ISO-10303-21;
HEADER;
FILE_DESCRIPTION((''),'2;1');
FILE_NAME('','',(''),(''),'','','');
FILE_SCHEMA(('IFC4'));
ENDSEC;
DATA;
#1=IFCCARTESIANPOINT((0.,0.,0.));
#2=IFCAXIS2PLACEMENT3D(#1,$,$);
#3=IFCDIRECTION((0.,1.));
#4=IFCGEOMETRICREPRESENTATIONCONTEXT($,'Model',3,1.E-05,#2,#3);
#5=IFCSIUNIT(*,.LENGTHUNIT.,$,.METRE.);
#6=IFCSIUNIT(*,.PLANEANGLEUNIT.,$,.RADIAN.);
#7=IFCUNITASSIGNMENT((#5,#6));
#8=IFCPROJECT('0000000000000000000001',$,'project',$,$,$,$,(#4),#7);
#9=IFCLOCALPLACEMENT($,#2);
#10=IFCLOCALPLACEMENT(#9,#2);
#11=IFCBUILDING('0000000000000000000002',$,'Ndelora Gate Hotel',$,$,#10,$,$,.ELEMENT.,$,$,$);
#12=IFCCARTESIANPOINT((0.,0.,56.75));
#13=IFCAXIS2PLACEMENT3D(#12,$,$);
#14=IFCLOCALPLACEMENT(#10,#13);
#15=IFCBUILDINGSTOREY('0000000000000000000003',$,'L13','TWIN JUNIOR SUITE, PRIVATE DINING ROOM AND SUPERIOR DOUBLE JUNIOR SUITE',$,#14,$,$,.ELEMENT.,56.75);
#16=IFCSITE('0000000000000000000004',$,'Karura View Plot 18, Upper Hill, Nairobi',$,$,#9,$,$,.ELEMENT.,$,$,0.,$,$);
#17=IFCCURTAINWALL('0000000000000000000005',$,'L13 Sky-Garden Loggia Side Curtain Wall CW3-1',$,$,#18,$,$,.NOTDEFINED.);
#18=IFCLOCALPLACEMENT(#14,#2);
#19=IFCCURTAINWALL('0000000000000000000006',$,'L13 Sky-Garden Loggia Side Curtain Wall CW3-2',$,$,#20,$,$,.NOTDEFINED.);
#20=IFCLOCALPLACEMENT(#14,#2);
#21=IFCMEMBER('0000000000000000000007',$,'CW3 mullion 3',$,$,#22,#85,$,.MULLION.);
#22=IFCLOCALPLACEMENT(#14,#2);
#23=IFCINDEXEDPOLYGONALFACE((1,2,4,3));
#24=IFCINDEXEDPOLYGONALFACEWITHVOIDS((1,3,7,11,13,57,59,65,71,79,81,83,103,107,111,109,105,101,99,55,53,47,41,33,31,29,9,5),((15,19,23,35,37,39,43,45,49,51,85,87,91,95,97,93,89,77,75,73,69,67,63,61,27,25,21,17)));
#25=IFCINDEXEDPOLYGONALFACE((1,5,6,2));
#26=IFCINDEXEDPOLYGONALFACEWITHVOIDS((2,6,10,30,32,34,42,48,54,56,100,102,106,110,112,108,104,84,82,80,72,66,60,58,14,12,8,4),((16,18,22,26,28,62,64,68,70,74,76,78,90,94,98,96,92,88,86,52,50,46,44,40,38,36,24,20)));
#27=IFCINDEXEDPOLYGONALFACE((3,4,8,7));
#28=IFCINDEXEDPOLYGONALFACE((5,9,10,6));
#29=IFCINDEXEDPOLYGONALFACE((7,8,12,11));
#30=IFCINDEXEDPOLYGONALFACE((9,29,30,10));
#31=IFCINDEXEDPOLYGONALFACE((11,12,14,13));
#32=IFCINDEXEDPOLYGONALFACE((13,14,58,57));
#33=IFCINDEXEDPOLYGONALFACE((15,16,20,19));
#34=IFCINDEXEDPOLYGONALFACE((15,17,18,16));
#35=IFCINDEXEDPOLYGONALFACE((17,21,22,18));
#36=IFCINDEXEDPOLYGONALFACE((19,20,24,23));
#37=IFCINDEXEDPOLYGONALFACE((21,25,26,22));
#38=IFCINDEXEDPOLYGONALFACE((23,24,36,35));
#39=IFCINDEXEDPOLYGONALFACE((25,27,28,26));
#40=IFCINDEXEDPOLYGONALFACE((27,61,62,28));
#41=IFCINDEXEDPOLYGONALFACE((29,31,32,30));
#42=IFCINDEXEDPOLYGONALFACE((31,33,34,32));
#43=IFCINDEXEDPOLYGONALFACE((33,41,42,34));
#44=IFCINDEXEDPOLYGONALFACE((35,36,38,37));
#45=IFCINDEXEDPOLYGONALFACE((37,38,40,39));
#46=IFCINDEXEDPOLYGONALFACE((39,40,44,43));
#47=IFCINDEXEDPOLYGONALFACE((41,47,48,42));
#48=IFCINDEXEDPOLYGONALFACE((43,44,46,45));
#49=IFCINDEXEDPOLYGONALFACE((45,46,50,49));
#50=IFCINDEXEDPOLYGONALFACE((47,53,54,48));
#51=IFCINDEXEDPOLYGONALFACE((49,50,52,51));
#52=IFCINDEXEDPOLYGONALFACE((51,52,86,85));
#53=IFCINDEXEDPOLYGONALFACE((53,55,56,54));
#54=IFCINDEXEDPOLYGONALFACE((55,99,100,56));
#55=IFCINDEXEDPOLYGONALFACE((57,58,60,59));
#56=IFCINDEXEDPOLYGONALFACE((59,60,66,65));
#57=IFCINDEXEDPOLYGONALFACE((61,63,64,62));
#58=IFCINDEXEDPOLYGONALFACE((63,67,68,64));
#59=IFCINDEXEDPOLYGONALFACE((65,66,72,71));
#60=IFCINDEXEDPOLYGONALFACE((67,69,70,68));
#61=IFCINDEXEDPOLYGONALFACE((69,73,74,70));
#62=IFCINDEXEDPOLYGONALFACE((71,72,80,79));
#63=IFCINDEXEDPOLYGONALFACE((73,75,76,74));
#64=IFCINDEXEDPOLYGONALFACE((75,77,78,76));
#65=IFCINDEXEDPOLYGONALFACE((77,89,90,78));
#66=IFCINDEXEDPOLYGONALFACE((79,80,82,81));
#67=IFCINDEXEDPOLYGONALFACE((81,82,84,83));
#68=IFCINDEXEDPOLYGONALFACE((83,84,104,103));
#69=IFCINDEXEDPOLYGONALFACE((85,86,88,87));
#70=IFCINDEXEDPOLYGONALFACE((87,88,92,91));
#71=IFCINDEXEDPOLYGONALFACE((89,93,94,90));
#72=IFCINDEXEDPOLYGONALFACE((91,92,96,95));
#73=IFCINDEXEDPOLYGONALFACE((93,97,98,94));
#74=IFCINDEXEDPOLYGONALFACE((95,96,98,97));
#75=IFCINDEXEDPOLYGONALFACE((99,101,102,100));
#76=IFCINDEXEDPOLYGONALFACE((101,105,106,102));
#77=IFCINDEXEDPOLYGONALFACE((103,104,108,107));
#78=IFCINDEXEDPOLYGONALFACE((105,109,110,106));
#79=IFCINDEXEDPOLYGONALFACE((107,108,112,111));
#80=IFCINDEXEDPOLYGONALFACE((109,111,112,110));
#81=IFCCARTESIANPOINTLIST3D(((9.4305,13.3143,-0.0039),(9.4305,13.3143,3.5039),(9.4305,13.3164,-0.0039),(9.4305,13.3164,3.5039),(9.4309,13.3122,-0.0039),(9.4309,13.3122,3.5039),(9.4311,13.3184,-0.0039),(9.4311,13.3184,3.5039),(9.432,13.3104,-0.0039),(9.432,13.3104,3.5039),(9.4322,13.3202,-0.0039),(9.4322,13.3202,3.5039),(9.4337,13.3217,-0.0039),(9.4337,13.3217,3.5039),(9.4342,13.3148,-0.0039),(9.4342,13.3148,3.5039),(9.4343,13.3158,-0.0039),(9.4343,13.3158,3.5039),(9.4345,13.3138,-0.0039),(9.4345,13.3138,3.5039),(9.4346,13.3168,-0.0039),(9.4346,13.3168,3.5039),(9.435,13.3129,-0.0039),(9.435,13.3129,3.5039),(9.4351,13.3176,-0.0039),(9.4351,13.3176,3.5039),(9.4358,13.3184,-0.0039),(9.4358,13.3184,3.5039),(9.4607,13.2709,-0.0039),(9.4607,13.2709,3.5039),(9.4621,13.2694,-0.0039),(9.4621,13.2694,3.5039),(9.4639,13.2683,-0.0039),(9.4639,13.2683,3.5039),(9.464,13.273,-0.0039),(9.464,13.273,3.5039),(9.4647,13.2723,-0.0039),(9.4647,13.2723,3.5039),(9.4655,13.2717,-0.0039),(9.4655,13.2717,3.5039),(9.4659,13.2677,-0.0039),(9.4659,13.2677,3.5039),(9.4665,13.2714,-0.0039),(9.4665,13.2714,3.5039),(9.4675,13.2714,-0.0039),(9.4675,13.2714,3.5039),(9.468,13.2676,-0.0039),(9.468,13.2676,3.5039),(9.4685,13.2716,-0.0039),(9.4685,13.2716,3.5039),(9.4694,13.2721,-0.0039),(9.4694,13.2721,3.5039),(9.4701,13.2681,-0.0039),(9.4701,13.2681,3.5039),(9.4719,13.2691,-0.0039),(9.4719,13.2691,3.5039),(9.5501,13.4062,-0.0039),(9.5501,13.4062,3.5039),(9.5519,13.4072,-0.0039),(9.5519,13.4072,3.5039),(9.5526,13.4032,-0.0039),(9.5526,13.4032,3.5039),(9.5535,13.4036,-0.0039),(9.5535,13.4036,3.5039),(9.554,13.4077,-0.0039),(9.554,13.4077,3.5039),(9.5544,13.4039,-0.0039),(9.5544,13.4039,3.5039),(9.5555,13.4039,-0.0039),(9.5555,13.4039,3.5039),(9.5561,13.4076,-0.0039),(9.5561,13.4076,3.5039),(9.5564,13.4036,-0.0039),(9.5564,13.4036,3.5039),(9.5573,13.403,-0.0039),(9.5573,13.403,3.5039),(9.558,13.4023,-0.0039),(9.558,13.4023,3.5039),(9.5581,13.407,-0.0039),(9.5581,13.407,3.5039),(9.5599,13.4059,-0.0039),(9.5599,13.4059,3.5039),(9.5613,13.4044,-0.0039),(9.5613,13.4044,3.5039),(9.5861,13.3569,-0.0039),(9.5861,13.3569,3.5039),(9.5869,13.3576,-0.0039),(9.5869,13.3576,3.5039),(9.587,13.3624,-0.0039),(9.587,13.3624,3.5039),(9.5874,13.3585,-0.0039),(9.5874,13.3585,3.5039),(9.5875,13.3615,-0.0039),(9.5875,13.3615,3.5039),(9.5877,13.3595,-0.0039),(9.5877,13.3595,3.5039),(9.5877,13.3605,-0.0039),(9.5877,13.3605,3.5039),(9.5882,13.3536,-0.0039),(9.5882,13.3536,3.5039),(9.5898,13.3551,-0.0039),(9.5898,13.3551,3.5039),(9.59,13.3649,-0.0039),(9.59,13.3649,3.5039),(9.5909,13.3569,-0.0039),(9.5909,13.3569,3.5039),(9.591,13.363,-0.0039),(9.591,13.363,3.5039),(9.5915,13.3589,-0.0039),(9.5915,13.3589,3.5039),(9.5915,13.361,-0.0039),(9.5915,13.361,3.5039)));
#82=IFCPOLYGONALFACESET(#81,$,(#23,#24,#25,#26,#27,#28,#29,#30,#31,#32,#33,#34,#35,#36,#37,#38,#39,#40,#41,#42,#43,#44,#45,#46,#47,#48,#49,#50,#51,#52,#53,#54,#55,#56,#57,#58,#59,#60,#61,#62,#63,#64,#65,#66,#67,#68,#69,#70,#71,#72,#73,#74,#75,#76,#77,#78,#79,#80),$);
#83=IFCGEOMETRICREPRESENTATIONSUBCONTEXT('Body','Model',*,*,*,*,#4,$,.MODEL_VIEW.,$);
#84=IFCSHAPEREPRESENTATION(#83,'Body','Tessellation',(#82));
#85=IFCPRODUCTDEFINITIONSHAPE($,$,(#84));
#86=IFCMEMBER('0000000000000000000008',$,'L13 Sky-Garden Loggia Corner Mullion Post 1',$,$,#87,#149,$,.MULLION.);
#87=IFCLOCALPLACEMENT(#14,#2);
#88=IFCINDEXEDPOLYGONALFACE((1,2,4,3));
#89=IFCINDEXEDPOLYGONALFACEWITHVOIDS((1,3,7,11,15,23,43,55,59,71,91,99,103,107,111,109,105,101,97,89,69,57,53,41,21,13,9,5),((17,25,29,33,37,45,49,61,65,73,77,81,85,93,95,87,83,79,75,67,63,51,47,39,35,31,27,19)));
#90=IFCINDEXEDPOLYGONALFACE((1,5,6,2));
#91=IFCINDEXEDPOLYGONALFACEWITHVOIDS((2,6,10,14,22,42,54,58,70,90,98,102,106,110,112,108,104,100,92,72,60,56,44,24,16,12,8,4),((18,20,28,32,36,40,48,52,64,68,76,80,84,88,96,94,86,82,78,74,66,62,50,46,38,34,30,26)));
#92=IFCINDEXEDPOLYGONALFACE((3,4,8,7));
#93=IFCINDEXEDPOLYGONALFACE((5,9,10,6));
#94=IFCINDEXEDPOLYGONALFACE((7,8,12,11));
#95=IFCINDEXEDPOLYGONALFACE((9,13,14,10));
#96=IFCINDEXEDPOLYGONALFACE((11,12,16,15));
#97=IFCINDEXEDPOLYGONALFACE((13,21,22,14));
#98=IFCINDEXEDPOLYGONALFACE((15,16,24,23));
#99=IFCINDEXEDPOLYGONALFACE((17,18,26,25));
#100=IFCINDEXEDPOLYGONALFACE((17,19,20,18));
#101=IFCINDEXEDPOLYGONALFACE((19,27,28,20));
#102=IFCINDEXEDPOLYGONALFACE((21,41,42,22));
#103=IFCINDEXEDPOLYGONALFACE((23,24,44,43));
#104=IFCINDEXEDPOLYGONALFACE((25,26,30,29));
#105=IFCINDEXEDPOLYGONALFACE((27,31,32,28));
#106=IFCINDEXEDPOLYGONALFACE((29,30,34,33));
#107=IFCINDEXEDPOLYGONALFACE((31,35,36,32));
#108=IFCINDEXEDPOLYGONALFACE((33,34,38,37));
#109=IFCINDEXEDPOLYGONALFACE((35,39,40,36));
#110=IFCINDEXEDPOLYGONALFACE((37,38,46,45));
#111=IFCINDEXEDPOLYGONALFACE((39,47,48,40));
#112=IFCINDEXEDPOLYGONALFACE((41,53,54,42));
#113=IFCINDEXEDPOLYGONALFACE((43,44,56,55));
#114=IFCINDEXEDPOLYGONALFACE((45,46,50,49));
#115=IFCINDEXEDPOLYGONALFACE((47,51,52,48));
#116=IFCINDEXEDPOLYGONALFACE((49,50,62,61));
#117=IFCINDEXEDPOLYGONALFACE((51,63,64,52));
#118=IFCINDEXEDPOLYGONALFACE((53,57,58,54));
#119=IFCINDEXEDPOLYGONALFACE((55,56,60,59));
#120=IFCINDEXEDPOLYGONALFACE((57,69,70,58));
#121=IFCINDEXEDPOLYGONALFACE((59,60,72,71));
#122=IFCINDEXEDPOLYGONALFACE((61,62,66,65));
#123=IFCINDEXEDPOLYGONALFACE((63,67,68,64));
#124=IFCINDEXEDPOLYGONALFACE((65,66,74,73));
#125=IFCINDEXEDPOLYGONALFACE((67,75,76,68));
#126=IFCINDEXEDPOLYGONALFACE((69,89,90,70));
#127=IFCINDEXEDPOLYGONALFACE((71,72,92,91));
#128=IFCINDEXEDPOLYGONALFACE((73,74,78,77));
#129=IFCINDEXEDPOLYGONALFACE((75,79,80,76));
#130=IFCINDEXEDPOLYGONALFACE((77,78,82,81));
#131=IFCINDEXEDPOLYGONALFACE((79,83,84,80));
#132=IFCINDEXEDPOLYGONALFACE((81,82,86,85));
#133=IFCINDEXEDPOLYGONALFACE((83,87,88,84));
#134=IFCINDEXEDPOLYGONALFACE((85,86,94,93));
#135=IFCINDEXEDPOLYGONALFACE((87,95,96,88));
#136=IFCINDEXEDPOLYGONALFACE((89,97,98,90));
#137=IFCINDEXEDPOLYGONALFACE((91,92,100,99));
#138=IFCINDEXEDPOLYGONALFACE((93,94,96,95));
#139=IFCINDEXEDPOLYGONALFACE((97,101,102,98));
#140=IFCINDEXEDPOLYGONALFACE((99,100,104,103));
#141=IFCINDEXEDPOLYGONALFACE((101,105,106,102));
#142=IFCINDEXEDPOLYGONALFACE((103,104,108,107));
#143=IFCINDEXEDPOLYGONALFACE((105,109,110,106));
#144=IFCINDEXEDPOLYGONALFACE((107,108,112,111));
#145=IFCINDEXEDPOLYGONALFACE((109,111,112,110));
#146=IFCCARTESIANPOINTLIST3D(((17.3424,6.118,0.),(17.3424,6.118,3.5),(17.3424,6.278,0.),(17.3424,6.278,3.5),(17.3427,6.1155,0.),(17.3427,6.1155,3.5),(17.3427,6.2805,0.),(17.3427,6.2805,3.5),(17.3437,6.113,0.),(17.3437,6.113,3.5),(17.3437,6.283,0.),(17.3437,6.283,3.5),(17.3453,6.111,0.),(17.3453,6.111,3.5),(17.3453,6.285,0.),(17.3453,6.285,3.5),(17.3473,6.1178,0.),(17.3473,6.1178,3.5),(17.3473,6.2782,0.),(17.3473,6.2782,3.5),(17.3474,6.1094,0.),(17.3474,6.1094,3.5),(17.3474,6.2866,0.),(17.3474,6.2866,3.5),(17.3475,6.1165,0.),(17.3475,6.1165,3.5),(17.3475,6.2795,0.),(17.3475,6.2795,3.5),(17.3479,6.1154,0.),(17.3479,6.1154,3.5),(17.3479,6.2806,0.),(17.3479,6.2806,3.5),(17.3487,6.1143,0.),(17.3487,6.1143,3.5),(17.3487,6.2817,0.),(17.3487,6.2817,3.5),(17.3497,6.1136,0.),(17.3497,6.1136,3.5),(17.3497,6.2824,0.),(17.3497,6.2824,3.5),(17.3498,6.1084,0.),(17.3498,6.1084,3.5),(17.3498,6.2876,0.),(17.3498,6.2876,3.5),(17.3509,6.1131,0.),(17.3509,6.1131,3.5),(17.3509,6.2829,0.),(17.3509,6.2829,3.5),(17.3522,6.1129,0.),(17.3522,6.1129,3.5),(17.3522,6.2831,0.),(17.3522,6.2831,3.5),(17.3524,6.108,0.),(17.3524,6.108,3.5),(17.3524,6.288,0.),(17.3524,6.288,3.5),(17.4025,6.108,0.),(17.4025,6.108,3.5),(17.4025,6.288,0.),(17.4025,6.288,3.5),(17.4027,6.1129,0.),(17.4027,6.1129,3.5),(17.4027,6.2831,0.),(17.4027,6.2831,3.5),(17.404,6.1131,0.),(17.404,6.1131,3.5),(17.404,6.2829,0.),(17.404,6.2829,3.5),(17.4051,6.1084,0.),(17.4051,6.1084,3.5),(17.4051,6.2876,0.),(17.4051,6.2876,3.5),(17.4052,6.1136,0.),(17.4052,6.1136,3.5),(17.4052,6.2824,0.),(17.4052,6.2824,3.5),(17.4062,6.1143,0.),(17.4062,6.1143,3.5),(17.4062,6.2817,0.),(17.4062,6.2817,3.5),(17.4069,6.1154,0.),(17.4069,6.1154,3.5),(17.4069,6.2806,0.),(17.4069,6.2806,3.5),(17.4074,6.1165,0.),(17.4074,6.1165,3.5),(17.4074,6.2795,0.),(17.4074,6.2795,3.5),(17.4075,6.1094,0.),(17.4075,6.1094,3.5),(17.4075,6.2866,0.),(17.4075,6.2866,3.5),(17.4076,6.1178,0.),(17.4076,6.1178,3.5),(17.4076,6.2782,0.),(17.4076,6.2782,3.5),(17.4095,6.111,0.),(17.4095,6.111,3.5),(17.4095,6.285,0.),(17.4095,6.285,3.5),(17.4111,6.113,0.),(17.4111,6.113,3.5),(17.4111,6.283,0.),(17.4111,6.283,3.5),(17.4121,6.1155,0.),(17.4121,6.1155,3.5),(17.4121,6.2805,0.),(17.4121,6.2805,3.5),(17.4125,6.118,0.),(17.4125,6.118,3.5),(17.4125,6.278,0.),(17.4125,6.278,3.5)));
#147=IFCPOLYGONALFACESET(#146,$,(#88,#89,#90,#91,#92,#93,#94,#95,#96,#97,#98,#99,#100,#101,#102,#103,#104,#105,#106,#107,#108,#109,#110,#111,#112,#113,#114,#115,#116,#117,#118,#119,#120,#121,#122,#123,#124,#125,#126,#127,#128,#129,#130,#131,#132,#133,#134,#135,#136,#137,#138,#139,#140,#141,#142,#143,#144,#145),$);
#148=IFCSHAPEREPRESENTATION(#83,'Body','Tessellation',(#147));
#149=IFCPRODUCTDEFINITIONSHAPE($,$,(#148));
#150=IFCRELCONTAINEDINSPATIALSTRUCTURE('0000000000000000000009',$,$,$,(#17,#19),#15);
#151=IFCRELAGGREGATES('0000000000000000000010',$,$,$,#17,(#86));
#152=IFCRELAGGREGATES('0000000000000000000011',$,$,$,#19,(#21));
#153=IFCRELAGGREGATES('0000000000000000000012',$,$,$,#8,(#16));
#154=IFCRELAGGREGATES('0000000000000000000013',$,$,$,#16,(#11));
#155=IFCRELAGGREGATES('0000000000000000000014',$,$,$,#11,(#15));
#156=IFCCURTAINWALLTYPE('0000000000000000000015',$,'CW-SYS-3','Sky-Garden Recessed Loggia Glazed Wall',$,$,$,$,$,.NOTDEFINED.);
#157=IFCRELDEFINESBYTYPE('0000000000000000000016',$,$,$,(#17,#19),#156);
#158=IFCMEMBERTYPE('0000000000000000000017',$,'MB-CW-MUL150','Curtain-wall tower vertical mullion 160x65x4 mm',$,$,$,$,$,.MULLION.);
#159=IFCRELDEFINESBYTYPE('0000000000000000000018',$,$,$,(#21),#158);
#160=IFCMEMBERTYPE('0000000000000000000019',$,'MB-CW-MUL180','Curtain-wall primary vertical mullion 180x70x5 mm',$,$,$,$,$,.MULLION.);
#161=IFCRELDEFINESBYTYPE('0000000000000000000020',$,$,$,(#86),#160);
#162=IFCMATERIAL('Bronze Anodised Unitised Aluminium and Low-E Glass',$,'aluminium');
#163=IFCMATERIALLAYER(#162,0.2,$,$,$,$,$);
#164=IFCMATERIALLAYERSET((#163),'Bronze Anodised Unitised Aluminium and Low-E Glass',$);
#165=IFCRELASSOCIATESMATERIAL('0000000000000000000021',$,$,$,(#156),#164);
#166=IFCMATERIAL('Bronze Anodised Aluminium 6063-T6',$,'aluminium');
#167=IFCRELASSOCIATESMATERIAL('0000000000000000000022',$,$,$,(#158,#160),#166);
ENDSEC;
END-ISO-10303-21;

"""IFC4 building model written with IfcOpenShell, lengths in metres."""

from ifc_helpers import new_model, si_unit, direction, frame, origin, origin_2d, place, context, subcontext, project, spatial, hollow_rectangle, extrude, material, layer, layer_set, material_profile, profile_set, type_object, element, aggregate, save


model = new_model("IFC4")

# Units and contexts
model_context = context("Model", 3, precision=1e-05, world=origin(), true_north=direction((0.0, 1.0)))
body_context = subcontext(model_context, "Body", "Model", "MODEL_VIEW")
ifc_project = project(units=[si_unit("LENGTHUNIT", "METRE"), si_unit("PLANEANGLEUNIT", "RADIAN")], contexts=[model_context])

# Site, building, storey
site_placement = place(None, origin())
site = spatial("IfcSite", under=ifc_project, at=site_placement, Name="Karura View Plot 18, Upper Hill, Nairobi", CompositionType="ELEMENT", RefElevation=0.0)
building_placement = place(site_placement, origin())
building = spatial("IfcBuilding", under=site, at=building_placement, Name="Ndelora Gate Hotel", CompositionType="ELEMENT")
storey_placement = place(building_placement, frame((0.0, 0.0, 56.75)))
storey = spatial("IfcBuildingStorey", under=building, at=storey_placement, Name="L13", Description="TWIN JUNIOR SUITE, PRIVATE DINING ROOM AND SUPERIOR DOUBLE JUNIOR SUITE", CompositionType="ELEMENT", Elevation=56.75)

# Curtain walls, member
ifc_material_1 = material(Name="Bronze Anodised Unitised Aluminium and Low-E Glass", Category="aluminium")
ifc_layer_1 = layer(ifc_material_1, 0.2)
ifc_layer_set_1 = layer_set([ifc_layer_1], Name="Bronze Anodised Unitised Aluminium and Low-E Glass")
curtain_wall_type = type_object("IfcCurtainWallType", Name="CW-SYS-3", Description="Sky-Garden Recessed Loggia Glazed Wall", PredefinedType="NOTDEFINED", material=ifc_layer_set_1)
curtain_wall_1_placement = place(storey_placement, origin())
curtain_wall_1 = element("IfcCurtainWall", 1, at=curtain_wall_1_placement, inside=storey, type_object=curtain_wall_type, Name="L13 Sky-Garden Loggia Side Curtain Wall CW3-1", PredefinedType="NOTDEFINED")
ifc_material_2 = material(Name="Bronze Anodised Aluminium 6063-T6", Category="aluminium")
ifc_material_profile_1 = material_profile(ifc_material_2, hollow_rectangle(XDim=0.0649, YDim=0.1599, WallThickness=0.0039, InnerFilletRadius=0.0039, OuterFilletRadius=0.0081, at=origin_2d()), Name="ALU 160x65x4")
ifc_profile_set_1 = profile_set([ifc_material_profile_1], Name="Bronze Anodised Aluminium 6063-T6")
member_type_1 = type_object("IfcMemberType", Name="MB-CW-MUL150", Description="Curtain-wall tower vertical mullion 160x65x4 mm", PredefinedType="MULLION", material=ifc_profile_set_1)
curtain_wall_2_placement = place(storey_placement, origin())
curtain_wall_2 = element("IfcCurtainWall", 2, at=curtain_wall_2_placement, inside=storey, type_object=curtain_wall_type, Name="L13 Sky-Garden Loggia Side Curtain Wall CW3-2", PredefinedType="NOTDEFINED")
member_1_placement = place(storey_placement, frame((9.511, 13.3376, -0.0039), z_axis=(0.0, 0.0, 1.0), x_axis=(0.587785, -0.809017, 0.0)))
member_1 = element("IfcMember", 3, at=member_1_placement, type_object=member_type_1, Name="CW3 mullion 3", PredefinedType="MULLION", context=body_context, shape_type="SweptSolid", body=[
    extrude(hollow_rectangle(XDim=0.0649, YDim=0.1599, WallThickness=0.0039, InnerFilletRadius=0.0039, OuterFilletRadius=0.0081, at=origin_2d()), origin(), (0.0, 0.0, 1.0), 3.5078),
])

# Member
ifc_material_profile_2 = material_profile(ifc_material_2, hollow_rectangle(XDim=0.0701, YDim=0.1799, WallThickness=0.0049, InnerFilletRadius=0.0049, OuterFilletRadius=0.01, at=origin_2d()), Name="ALU 180x70x5")
ifc_profile_set_2 = profile_set([ifc_material_profile_2], Name="Bronze Anodised Aluminium 6063-T6")
member_type_2 = type_object("IfcMemberType", Name="MB-CW-MUL180", Description="Curtain-wall primary vertical mullion 180x70x5 mm", PredefinedType="MULLION", material=ifc_profile_set_2)
member_2_placement = place(storey_placement, frame((17.3774, 6.198, 0.0), z_axis=(0.0, 0.0, 1.0), x_axis=(1.0, 0.0, 0.0)))
member_2 = element("IfcMember", 4, at=member_2_placement, type_object=member_type_2, Name="L13 Sky-Garden Loggia Corner Mullion Post 1", PredefinedType="MULLION", context=body_context, shape_type="SweptSolid", body=[
    extrude(hollow_rectangle(XDim=0.0701, YDim=0.1799, WallThickness=0.0049, InnerFilletRadius=0.0049, OuterFilletRadius=0.01, at=origin_2d()), origin(), (0.0, 0.0, 1.0), 3.5),
])

aggregate(curtain_wall_1, [member_2])
aggregate(curtain_wall_2, [member_1])

save(model, "model.ifc")
